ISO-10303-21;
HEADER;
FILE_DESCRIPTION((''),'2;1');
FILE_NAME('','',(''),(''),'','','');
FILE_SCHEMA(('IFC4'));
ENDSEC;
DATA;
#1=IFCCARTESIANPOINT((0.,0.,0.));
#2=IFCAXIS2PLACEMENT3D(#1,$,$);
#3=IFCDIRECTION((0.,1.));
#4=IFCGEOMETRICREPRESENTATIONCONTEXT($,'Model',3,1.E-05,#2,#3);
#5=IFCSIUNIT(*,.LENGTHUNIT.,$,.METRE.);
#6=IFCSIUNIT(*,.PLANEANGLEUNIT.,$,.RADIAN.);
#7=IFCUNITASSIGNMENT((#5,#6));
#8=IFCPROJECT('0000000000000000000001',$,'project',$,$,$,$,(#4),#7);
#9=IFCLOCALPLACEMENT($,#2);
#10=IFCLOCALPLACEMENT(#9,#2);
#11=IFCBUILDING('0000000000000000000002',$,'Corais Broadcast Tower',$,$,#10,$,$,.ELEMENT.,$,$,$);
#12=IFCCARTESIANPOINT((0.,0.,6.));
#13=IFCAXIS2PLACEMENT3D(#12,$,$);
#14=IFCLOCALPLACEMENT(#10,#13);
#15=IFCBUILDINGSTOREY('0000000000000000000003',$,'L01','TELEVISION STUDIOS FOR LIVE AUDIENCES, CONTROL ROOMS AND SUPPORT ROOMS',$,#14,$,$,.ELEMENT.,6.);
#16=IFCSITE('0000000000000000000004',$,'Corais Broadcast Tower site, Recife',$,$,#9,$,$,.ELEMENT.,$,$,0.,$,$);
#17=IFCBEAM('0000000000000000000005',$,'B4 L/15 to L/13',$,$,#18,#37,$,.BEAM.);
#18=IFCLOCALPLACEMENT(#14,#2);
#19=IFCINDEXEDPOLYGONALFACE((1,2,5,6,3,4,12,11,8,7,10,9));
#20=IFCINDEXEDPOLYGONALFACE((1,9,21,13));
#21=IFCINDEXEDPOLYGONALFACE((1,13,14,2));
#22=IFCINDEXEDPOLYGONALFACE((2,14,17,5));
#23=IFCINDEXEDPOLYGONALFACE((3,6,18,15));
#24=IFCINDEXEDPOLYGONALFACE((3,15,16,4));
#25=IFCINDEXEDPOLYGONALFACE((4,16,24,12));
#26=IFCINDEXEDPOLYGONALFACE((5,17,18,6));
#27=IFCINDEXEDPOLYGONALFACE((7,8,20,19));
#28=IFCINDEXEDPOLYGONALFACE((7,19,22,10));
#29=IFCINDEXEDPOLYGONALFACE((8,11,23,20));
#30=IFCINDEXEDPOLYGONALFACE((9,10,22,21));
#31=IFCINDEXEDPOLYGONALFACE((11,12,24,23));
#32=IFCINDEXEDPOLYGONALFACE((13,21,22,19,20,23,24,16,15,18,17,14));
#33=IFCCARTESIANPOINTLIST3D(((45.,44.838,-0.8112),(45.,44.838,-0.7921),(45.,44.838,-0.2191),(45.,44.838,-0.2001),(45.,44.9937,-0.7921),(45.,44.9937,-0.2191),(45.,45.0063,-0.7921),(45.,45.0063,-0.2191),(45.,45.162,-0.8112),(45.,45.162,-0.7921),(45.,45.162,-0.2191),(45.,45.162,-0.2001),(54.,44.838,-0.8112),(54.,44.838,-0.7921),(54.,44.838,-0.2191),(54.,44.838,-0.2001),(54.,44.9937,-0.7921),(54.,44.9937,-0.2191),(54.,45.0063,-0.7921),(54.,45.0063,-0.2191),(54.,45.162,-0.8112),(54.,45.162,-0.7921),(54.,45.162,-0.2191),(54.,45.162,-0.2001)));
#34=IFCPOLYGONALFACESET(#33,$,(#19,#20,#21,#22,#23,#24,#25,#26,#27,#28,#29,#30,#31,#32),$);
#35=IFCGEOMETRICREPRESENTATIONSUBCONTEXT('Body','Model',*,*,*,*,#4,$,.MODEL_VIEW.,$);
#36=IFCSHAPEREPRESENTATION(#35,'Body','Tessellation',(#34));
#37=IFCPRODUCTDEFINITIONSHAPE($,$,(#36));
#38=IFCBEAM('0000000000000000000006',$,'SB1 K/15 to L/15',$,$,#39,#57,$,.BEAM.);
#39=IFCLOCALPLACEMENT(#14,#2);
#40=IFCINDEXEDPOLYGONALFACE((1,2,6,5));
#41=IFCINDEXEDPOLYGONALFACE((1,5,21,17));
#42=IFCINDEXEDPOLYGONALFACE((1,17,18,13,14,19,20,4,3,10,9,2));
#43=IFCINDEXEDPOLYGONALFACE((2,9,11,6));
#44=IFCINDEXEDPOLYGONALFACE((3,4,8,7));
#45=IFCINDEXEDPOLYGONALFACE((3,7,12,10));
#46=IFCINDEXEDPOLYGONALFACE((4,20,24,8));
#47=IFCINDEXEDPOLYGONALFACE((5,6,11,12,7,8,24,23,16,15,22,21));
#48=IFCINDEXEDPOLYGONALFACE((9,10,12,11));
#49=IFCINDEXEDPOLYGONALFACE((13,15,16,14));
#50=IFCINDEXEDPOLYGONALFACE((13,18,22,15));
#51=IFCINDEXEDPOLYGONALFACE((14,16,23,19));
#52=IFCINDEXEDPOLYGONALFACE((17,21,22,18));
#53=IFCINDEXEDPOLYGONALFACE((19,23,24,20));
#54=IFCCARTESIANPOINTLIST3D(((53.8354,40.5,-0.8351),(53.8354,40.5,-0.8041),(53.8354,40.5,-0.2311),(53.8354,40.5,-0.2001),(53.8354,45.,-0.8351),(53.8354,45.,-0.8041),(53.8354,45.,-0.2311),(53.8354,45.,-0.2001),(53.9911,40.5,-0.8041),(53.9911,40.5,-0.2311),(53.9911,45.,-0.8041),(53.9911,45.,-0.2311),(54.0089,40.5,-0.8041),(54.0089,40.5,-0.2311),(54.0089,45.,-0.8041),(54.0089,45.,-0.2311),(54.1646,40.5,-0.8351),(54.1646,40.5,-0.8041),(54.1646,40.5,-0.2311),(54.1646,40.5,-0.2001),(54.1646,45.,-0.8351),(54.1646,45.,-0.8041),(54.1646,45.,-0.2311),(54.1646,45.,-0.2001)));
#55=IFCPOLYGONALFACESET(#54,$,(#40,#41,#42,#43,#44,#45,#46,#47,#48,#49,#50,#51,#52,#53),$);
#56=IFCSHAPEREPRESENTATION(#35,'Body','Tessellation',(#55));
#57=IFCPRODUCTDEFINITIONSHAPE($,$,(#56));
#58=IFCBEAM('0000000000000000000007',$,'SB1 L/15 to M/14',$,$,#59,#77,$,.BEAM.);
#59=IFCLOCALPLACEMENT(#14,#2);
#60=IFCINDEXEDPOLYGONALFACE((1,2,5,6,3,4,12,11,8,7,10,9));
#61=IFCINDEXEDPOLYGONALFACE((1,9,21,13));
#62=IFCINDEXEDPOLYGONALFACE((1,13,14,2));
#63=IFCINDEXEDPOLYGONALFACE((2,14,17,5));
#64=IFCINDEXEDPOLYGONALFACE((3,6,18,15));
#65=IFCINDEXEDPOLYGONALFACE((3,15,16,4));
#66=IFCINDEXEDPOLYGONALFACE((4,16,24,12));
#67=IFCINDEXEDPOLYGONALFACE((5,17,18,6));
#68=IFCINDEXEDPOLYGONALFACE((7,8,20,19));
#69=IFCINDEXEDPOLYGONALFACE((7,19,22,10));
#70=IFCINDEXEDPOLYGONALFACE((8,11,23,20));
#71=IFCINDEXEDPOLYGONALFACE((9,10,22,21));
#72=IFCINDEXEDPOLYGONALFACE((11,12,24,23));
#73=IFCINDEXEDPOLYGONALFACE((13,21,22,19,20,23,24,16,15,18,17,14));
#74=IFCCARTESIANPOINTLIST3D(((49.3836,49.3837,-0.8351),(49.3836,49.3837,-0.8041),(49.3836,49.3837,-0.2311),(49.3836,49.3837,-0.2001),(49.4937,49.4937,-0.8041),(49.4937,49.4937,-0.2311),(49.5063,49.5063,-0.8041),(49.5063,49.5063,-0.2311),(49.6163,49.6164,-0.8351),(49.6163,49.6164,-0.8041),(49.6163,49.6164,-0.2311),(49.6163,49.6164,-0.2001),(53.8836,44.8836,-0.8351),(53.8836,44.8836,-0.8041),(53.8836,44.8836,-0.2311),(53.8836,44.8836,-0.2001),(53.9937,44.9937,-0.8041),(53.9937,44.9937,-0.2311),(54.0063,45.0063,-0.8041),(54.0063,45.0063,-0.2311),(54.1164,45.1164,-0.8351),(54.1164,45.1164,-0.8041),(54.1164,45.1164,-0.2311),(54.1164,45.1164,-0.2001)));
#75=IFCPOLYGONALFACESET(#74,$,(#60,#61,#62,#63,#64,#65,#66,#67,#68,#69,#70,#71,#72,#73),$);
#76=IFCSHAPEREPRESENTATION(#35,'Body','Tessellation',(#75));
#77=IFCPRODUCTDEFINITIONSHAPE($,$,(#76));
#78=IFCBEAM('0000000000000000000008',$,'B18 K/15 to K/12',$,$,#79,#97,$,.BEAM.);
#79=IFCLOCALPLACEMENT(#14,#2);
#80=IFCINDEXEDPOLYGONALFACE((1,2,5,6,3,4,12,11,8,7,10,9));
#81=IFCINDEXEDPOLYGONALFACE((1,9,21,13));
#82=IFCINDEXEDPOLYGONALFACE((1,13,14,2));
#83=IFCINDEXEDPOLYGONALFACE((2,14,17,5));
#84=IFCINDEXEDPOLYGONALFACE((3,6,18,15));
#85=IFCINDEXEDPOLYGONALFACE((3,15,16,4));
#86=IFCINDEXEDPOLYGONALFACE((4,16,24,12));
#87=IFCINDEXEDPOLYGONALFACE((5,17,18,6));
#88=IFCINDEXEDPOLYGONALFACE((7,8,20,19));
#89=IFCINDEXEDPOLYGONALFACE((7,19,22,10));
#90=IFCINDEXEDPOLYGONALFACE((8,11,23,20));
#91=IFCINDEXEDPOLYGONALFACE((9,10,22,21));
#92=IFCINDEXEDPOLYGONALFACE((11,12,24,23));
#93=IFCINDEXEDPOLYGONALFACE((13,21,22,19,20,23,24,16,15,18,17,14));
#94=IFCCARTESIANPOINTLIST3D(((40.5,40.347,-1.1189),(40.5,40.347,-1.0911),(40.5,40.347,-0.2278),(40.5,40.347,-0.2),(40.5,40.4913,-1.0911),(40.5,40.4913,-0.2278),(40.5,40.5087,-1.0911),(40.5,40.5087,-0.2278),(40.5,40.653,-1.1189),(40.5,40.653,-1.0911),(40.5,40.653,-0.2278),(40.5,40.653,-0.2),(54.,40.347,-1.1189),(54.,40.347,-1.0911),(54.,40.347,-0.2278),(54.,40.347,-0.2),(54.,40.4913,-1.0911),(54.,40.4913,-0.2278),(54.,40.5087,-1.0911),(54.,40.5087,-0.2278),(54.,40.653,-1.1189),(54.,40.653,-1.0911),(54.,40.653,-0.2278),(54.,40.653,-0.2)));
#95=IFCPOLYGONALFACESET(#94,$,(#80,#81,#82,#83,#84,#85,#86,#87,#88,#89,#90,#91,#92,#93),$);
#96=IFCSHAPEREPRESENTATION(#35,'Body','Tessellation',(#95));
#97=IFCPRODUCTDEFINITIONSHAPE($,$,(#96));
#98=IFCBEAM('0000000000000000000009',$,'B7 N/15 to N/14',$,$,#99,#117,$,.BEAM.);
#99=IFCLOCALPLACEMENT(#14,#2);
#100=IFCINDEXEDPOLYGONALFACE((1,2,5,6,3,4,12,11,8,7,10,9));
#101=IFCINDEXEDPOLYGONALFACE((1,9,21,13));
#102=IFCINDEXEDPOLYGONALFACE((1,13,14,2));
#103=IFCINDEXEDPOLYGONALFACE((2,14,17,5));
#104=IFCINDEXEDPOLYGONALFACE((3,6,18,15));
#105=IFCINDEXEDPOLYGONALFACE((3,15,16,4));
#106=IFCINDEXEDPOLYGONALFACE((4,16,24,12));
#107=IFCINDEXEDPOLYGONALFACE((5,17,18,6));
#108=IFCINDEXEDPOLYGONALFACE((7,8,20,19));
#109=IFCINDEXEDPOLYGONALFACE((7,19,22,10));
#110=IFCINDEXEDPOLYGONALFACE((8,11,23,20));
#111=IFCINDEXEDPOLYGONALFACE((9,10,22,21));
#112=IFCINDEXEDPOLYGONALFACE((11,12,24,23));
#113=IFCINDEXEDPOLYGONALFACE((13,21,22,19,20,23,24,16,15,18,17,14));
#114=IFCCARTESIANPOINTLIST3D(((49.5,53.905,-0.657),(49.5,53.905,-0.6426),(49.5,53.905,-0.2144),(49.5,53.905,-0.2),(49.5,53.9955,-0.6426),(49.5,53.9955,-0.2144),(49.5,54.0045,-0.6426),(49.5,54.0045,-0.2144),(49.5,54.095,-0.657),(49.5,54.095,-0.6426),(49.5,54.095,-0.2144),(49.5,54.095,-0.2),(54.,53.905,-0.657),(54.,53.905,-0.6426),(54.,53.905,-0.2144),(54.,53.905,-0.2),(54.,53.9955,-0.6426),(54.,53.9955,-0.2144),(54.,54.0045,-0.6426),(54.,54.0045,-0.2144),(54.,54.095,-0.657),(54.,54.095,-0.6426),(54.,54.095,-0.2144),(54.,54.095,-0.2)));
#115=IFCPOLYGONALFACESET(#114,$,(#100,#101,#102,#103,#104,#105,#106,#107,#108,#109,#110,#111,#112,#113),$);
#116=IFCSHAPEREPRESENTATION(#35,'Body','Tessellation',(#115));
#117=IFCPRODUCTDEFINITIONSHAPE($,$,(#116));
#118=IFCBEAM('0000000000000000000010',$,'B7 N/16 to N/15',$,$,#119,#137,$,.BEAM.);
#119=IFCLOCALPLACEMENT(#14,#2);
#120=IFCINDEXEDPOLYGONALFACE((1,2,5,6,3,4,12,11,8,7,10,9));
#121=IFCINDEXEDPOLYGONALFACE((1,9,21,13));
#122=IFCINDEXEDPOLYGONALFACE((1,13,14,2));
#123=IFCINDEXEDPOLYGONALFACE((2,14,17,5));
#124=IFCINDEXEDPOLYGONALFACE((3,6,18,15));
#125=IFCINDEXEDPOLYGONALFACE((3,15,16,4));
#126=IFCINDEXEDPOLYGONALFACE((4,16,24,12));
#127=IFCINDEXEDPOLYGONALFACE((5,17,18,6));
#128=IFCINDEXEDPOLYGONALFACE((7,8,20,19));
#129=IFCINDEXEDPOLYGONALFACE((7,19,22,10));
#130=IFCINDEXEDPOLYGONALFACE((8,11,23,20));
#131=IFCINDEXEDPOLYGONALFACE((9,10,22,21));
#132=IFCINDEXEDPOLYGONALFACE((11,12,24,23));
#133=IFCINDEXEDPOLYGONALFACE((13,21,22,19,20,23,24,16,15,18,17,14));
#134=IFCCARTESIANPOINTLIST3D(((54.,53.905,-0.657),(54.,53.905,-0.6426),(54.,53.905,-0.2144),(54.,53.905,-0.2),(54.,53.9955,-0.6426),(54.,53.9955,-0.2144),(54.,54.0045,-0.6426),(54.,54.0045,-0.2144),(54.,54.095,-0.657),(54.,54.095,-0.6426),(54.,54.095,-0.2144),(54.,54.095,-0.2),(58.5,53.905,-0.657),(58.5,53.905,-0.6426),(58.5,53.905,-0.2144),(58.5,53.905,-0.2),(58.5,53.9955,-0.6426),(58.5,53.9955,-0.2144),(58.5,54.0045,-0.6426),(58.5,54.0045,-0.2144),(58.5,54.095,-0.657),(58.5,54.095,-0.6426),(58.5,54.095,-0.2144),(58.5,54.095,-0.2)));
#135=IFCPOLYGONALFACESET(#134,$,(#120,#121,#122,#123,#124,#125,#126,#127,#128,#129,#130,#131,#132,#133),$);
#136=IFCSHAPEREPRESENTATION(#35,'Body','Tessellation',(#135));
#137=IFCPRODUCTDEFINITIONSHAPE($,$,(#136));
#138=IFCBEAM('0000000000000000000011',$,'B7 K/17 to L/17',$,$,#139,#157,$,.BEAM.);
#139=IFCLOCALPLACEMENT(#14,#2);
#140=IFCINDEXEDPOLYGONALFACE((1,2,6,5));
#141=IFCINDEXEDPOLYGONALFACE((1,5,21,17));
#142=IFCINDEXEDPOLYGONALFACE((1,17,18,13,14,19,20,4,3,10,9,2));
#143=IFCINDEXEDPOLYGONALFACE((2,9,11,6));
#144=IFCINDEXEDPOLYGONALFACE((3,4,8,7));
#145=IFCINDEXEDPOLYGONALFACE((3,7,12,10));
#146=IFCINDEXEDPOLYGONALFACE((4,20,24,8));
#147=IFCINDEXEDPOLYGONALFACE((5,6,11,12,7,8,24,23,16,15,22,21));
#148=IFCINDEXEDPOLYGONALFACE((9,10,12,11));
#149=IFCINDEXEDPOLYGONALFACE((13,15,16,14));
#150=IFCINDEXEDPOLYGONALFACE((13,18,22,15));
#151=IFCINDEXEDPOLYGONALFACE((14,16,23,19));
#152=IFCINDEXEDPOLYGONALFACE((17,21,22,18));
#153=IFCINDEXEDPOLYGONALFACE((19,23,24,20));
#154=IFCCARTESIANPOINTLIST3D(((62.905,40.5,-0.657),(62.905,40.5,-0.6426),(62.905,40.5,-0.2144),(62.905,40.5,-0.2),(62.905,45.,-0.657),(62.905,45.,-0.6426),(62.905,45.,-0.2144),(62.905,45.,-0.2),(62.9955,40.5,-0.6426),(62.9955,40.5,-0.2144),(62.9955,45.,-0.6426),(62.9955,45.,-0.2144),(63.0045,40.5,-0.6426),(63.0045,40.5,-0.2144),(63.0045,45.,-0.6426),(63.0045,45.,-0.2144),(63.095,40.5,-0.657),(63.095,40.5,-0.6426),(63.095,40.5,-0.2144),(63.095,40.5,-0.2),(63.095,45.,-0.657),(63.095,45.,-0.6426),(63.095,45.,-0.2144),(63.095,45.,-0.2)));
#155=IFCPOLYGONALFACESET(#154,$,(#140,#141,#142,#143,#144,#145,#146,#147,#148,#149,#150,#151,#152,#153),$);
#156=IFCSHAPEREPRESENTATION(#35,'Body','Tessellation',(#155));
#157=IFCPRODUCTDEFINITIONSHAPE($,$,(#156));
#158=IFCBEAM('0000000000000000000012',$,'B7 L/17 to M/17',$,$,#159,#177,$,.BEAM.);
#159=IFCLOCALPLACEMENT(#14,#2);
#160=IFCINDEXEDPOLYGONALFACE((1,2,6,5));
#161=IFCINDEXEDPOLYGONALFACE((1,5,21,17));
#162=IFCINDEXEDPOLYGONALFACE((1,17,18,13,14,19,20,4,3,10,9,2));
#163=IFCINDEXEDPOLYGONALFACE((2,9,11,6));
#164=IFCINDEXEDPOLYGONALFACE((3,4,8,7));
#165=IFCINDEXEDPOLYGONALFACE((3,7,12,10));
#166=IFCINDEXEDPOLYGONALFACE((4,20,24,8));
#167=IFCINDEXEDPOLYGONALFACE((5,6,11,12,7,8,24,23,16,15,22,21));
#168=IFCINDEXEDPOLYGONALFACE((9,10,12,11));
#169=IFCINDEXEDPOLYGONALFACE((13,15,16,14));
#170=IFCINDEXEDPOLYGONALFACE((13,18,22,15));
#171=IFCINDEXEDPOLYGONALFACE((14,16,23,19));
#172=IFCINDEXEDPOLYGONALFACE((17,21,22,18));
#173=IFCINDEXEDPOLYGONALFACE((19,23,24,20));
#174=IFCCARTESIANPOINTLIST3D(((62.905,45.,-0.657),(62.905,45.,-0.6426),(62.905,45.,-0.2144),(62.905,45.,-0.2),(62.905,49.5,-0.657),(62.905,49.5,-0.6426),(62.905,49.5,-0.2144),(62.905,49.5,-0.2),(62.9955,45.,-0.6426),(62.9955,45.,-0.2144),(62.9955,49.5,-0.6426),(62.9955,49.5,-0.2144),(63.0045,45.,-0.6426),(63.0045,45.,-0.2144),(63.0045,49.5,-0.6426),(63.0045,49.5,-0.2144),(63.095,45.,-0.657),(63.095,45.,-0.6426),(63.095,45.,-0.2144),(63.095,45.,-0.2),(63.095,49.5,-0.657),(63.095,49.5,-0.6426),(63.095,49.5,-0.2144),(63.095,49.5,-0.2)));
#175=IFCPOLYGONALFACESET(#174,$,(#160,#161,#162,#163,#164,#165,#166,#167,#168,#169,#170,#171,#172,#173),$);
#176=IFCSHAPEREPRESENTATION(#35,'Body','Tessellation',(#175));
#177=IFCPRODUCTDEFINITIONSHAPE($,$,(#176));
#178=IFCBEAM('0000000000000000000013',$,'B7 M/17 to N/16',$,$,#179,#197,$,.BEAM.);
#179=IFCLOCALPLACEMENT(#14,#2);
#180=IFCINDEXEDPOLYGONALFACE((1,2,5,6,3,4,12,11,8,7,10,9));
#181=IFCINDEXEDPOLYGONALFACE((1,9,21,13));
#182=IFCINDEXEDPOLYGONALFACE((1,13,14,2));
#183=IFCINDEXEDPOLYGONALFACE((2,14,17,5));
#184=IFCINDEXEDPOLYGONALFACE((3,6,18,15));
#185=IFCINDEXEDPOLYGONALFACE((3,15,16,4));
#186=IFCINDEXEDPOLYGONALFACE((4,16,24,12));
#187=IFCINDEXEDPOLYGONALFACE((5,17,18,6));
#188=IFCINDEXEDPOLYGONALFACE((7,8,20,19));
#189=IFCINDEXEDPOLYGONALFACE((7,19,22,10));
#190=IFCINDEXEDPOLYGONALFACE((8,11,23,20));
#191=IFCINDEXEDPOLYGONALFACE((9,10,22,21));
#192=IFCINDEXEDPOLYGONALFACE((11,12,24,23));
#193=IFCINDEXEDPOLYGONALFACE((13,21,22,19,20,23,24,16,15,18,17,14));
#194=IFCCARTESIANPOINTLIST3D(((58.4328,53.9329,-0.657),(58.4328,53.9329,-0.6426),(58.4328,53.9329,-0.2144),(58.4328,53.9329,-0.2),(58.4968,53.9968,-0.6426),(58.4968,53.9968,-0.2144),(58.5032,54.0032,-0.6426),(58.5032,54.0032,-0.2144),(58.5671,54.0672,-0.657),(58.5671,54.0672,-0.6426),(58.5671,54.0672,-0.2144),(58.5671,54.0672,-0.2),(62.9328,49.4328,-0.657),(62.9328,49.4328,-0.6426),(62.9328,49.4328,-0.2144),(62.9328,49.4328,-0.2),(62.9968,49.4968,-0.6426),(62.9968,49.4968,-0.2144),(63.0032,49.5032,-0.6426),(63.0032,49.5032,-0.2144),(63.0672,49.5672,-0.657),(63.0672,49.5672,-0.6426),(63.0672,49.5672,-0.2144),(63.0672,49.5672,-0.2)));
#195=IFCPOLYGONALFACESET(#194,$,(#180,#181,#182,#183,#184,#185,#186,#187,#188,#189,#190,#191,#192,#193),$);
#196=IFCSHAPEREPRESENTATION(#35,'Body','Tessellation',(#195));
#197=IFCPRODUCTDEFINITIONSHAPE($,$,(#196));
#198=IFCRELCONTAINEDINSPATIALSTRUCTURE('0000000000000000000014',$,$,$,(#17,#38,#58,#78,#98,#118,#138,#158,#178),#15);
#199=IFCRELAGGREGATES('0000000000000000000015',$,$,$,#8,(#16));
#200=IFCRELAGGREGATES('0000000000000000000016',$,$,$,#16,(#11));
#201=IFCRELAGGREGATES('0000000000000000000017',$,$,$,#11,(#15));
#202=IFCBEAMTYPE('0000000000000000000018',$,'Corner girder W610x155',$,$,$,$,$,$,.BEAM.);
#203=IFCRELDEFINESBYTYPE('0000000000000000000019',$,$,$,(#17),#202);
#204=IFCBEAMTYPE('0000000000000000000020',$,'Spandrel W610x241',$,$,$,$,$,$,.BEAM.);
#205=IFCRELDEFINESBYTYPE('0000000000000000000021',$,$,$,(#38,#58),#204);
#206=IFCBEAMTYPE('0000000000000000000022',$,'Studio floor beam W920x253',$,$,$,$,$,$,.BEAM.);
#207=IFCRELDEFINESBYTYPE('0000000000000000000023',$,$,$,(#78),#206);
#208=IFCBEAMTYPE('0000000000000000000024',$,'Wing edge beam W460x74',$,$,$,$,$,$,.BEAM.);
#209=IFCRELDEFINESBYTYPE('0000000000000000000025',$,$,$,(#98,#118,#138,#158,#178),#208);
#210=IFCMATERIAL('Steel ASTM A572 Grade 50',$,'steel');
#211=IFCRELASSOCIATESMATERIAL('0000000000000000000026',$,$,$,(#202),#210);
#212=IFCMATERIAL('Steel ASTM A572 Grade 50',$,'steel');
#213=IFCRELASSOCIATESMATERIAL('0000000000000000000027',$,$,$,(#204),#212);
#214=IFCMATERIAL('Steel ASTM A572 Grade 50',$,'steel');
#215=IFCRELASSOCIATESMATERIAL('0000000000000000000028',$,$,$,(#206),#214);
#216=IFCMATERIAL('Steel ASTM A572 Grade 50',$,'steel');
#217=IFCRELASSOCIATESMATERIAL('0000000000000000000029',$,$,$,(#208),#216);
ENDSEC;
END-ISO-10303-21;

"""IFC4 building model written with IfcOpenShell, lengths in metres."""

from ifc_helpers import new_model, si_unit, direction, frame, origin, origin_2d, place, context, subcontext, project, spatial, i_section, extrude, material, material_profile, profile_set, type_object, element, save


model = new_model("IFC4")

# Units and contexts
model_context = context("Model", 3, precision=1e-05, world=origin(), true_north=direction((0.0, 1.0)))
body_context = subcontext(model_context, "Body", "Model", "MODEL_VIEW")
ifc_project = project(units=[si_unit("LENGTHUNIT", "METRE"), si_unit("PLANEANGLEUNIT", "RADIAN")], contexts=[model_context])

# Site, building, storey
site_placement = place(None, origin())
site = spatial("IfcSite", under=ifc_project, at=site_placement, Name="Corais Broadcast Tower site, Recife", CompositionType="ELEMENT", RefElevation=0.0)
building_placement = place(site_placement, origin())
building = spatial("IfcBuilding", under=site, at=building_placement, Name="Corais Broadcast Tower", CompositionType="ELEMENT")
storey_placement = place(building_placement, frame((0.0, 0.0, 6.0)))
storey = spatial("IfcBuildingStorey", under=building, at=storey_placement, Name="L01", Description="TELEVISION STUDIOS FOR LIVE AUDIENCES, CONTROL ROOMS AND SUPPORT ROOMS", CompositionType="ELEMENT", Elevation=6.0)

# Beams
ifc_material_1 = material(Name="Steel ASTM A572 Grade 50", Category="steel")
ifc_material_profile_1 = material_profile(ifc_material_1, i_section(OverallWidth=0.324, OverallDepth=0.6111, WebThickness=0.0127, FlangeThickness=0.019, at=origin_2d()), Name="W610x155")
ifc_profile_set_1 = profile_set([ifc_material_profile_1], Name="Steel ASTM A572 Grade 50")
beam_type_1 = type_object("IfcBeamType", Name="Corner girder W610x155", PredefinedType="BEAM", material=ifc_profile_set_1)
beam_1_placement = place(storey_placement, frame((54.0, 45.0, -0.5056), z_axis=(-1.0, 0.0, 0.0), x_axis=(0.0, -1.0, 0.0)))
element("IfcBeam", 1, at=beam_1_placement, inside=storey, type_object=beam_type_1, Name="B4 L/15 to L/13", PredefinedType="BEAM", context=body_context, shape_type="SweptSolid", body=[
    extrude(i_section(OverallWidth=0.324, OverallDepth=0.6111, WebThickness=0.0127, FlangeThickness=0.019, at=origin_2d()), origin(), (0.0, 0.0, 1.0), 9.0),
])
ifc_material_2 = material(Name="Steel ASTM A572 Grade 50", Category="steel")
ifc_material_profile_2 = material_profile(ifc_material_2, i_section(OverallWidth=0.3291, OverallDepth=0.635, WebThickness=0.0178, FlangeThickness=0.031, at=origin_2d()), Name="W610x241")
ifc_profile_set_2 = profile_set([ifc_material_profile_2], Name="Steel ASTM A572 Grade 50")
beam_type_2 = type_object("IfcBeamType", Name="Spandrel W610x241", PredefinedType="BEAM", material=ifc_profile_set_2)
beam_2_placement = place(storey_placement, frame((54.0, 40.5, -0.5176), z_axis=(0.0, 1.0, 0.0), x_axis=(-1.0, 0.0, 0.0)))
element("IfcBeam", 2, at=beam_2_placement, inside=storey, type_object=beam_type_2, Name="SB1 K/15 to L/15", PredefinedType="BEAM", context=body_context, shape_type="SweptSolid", body=[
    extrude(i_section(OverallWidth=0.3291, OverallDepth=0.635, WebThickness=0.0178, FlangeThickness=0.031, at=origin_2d()), origin(), (0.0, 0.0, 1.0), 4.5),
])
beam_3_placement = place(storey_placement, frame((54.0, 45.0, -0.5176), z_axis=(-0.707107, 0.707107, 0.0), x_axis=(-0.707107, -0.707107, 0.0)))
element("IfcBeam", 3, at=beam_3_placement, inside=storey, type_object=beam_type_2, Name="SB1 L/15 to M/14", PredefinedType="BEAM", context=body_context, shape_type="SweptSolid", body=[
    extrude(i_section(OverallWidth=0.3291, OverallDepth=0.635, WebThickness=0.0178, FlangeThickness=0.031, at=origin_2d()), origin(), (0.0, 0.0, 1.0), 6.364),
])
ifc_material_3 = material(Name="Steel ASTM A572 Grade 50", Category="steel")
ifc_material_profile_3 = material_profile(ifc_material_3, i_section(OverallWidth=0.3059, OverallDepth=0.9189, WebThickness=0.0173, FlangeThickness=0.0278, at=origin_2d()), Name="W920x253")
ifc_profile_set_3 = profile_set([ifc_material_profile_3], Name="Steel ASTM A572 Grade 50")
beam_type_3 = type_object("IfcBeamType", Name="Studio floor beam W920x253", PredefinedType="BEAM", material=ifc_profile_set_3)
beam_4_placement = place(storey_placement, frame((54.0, 40.5, -0.6594), z_axis=(-1.0, 0.0, 0.0), x_axis=(0.0, -1.0, 0.0)))
element("IfcBeam", 4, at=beam_4_placement, inside=storey, type_object=beam_type_3, Name="B18 K/15 to K/12", PredefinedType="BEAM", context=body_context, shape_type="SweptSolid", body=[
    extrude(i_section(OverallWidth=0.3059, OverallDepth=0.9189, WebThickness=0.0173, FlangeThickness=0.0278, at=origin_2d()), origin(), (0.0, 0.0, 1.0), 13.5),
])
ifc_material_4 = material(Name="Steel ASTM A572 Grade 50", Category="steel")
ifc_material_profile_4 = material_profile(ifc_material_4, i_section(OverallWidth=0.1899, OverallDepth=0.457, WebThickness=0.009, FlangeThickness=0.0144, at=origin_2d()), Name="W460x74")
ifc_profile_set_4 = profile_set([ifc_material_profile_4], Name="Steel ASTM A572 Grade 50")
beam_type_4 = type_object("IfcBeamType", Name="Wing edge beam W460x74", PredefinedType="BEAM", material=ifc_profile_set_4)
for number, where, z_axis, x_axis, name in (
    (5, (54.0, 54.0, -0.4285), (-1.0, 0.0, 0.0), (0.0, -1.0, 0.0), "B7 N/15 to N/14"),
    (6, (58.5, 54.0, -0.4285), (-1.0, 0.0, 0.0), (0.0, -1.0, 0.0), "B7 N/16 to N/15"),
    (7, (63.0, 40.5, -0.4285), (0.0, 1.0, 0.0), (-1.0, 0.0, 0.0), "B7 K/17 to L/17"),
    (8, (63.0, 45.0, -0.4285), (0.0, 1.0, 0.0), (-1.0, 0.0, 0.0), "B7 L/17 to M/17"),
):
    element("IfcBeam", number, at=place(storey_placement, frame(where, z_axis=z_axis, x_axis=x_axis)), inside=storey, type_object=beam_type_4, Name=name, PredefinedType="BEAM", context=body_context, shape_type="SweptSolid", body=[
        extrude(i_section(OverallWidth=0.1899, OverallDepth=0.457, WebThickness=0.009, FlangeThickness=0.0144, at=origin_2d()), origin(), (0.0, 0.0, 1.0), 4.5),
    ])
beam_5_placement = place(storey_placement, frame((63.0, 49.5, -0.4285), z_axis=(-0.707107, 0.707107, 0.0), x_axis=(-0.707107, -0.707107, 0.0)))
element("IfcBeam", 9, at=beam_5_placement, inside=storey, type_object=beam_type_4, Name="B7 M/17 to N/16", PredefinedType="BEAM", context=body_context, shape_type="SweptSolid", body=[
    extrude(i_section(OverallWidth=0.1899, OverallDepth=0.457, WebThickness=0.009, FlangeThickness=0.0144, at=origin_2d()), origin(), (0.0, 0.0, 1.0), 6.364),
])

save(model, "model.ifc")
